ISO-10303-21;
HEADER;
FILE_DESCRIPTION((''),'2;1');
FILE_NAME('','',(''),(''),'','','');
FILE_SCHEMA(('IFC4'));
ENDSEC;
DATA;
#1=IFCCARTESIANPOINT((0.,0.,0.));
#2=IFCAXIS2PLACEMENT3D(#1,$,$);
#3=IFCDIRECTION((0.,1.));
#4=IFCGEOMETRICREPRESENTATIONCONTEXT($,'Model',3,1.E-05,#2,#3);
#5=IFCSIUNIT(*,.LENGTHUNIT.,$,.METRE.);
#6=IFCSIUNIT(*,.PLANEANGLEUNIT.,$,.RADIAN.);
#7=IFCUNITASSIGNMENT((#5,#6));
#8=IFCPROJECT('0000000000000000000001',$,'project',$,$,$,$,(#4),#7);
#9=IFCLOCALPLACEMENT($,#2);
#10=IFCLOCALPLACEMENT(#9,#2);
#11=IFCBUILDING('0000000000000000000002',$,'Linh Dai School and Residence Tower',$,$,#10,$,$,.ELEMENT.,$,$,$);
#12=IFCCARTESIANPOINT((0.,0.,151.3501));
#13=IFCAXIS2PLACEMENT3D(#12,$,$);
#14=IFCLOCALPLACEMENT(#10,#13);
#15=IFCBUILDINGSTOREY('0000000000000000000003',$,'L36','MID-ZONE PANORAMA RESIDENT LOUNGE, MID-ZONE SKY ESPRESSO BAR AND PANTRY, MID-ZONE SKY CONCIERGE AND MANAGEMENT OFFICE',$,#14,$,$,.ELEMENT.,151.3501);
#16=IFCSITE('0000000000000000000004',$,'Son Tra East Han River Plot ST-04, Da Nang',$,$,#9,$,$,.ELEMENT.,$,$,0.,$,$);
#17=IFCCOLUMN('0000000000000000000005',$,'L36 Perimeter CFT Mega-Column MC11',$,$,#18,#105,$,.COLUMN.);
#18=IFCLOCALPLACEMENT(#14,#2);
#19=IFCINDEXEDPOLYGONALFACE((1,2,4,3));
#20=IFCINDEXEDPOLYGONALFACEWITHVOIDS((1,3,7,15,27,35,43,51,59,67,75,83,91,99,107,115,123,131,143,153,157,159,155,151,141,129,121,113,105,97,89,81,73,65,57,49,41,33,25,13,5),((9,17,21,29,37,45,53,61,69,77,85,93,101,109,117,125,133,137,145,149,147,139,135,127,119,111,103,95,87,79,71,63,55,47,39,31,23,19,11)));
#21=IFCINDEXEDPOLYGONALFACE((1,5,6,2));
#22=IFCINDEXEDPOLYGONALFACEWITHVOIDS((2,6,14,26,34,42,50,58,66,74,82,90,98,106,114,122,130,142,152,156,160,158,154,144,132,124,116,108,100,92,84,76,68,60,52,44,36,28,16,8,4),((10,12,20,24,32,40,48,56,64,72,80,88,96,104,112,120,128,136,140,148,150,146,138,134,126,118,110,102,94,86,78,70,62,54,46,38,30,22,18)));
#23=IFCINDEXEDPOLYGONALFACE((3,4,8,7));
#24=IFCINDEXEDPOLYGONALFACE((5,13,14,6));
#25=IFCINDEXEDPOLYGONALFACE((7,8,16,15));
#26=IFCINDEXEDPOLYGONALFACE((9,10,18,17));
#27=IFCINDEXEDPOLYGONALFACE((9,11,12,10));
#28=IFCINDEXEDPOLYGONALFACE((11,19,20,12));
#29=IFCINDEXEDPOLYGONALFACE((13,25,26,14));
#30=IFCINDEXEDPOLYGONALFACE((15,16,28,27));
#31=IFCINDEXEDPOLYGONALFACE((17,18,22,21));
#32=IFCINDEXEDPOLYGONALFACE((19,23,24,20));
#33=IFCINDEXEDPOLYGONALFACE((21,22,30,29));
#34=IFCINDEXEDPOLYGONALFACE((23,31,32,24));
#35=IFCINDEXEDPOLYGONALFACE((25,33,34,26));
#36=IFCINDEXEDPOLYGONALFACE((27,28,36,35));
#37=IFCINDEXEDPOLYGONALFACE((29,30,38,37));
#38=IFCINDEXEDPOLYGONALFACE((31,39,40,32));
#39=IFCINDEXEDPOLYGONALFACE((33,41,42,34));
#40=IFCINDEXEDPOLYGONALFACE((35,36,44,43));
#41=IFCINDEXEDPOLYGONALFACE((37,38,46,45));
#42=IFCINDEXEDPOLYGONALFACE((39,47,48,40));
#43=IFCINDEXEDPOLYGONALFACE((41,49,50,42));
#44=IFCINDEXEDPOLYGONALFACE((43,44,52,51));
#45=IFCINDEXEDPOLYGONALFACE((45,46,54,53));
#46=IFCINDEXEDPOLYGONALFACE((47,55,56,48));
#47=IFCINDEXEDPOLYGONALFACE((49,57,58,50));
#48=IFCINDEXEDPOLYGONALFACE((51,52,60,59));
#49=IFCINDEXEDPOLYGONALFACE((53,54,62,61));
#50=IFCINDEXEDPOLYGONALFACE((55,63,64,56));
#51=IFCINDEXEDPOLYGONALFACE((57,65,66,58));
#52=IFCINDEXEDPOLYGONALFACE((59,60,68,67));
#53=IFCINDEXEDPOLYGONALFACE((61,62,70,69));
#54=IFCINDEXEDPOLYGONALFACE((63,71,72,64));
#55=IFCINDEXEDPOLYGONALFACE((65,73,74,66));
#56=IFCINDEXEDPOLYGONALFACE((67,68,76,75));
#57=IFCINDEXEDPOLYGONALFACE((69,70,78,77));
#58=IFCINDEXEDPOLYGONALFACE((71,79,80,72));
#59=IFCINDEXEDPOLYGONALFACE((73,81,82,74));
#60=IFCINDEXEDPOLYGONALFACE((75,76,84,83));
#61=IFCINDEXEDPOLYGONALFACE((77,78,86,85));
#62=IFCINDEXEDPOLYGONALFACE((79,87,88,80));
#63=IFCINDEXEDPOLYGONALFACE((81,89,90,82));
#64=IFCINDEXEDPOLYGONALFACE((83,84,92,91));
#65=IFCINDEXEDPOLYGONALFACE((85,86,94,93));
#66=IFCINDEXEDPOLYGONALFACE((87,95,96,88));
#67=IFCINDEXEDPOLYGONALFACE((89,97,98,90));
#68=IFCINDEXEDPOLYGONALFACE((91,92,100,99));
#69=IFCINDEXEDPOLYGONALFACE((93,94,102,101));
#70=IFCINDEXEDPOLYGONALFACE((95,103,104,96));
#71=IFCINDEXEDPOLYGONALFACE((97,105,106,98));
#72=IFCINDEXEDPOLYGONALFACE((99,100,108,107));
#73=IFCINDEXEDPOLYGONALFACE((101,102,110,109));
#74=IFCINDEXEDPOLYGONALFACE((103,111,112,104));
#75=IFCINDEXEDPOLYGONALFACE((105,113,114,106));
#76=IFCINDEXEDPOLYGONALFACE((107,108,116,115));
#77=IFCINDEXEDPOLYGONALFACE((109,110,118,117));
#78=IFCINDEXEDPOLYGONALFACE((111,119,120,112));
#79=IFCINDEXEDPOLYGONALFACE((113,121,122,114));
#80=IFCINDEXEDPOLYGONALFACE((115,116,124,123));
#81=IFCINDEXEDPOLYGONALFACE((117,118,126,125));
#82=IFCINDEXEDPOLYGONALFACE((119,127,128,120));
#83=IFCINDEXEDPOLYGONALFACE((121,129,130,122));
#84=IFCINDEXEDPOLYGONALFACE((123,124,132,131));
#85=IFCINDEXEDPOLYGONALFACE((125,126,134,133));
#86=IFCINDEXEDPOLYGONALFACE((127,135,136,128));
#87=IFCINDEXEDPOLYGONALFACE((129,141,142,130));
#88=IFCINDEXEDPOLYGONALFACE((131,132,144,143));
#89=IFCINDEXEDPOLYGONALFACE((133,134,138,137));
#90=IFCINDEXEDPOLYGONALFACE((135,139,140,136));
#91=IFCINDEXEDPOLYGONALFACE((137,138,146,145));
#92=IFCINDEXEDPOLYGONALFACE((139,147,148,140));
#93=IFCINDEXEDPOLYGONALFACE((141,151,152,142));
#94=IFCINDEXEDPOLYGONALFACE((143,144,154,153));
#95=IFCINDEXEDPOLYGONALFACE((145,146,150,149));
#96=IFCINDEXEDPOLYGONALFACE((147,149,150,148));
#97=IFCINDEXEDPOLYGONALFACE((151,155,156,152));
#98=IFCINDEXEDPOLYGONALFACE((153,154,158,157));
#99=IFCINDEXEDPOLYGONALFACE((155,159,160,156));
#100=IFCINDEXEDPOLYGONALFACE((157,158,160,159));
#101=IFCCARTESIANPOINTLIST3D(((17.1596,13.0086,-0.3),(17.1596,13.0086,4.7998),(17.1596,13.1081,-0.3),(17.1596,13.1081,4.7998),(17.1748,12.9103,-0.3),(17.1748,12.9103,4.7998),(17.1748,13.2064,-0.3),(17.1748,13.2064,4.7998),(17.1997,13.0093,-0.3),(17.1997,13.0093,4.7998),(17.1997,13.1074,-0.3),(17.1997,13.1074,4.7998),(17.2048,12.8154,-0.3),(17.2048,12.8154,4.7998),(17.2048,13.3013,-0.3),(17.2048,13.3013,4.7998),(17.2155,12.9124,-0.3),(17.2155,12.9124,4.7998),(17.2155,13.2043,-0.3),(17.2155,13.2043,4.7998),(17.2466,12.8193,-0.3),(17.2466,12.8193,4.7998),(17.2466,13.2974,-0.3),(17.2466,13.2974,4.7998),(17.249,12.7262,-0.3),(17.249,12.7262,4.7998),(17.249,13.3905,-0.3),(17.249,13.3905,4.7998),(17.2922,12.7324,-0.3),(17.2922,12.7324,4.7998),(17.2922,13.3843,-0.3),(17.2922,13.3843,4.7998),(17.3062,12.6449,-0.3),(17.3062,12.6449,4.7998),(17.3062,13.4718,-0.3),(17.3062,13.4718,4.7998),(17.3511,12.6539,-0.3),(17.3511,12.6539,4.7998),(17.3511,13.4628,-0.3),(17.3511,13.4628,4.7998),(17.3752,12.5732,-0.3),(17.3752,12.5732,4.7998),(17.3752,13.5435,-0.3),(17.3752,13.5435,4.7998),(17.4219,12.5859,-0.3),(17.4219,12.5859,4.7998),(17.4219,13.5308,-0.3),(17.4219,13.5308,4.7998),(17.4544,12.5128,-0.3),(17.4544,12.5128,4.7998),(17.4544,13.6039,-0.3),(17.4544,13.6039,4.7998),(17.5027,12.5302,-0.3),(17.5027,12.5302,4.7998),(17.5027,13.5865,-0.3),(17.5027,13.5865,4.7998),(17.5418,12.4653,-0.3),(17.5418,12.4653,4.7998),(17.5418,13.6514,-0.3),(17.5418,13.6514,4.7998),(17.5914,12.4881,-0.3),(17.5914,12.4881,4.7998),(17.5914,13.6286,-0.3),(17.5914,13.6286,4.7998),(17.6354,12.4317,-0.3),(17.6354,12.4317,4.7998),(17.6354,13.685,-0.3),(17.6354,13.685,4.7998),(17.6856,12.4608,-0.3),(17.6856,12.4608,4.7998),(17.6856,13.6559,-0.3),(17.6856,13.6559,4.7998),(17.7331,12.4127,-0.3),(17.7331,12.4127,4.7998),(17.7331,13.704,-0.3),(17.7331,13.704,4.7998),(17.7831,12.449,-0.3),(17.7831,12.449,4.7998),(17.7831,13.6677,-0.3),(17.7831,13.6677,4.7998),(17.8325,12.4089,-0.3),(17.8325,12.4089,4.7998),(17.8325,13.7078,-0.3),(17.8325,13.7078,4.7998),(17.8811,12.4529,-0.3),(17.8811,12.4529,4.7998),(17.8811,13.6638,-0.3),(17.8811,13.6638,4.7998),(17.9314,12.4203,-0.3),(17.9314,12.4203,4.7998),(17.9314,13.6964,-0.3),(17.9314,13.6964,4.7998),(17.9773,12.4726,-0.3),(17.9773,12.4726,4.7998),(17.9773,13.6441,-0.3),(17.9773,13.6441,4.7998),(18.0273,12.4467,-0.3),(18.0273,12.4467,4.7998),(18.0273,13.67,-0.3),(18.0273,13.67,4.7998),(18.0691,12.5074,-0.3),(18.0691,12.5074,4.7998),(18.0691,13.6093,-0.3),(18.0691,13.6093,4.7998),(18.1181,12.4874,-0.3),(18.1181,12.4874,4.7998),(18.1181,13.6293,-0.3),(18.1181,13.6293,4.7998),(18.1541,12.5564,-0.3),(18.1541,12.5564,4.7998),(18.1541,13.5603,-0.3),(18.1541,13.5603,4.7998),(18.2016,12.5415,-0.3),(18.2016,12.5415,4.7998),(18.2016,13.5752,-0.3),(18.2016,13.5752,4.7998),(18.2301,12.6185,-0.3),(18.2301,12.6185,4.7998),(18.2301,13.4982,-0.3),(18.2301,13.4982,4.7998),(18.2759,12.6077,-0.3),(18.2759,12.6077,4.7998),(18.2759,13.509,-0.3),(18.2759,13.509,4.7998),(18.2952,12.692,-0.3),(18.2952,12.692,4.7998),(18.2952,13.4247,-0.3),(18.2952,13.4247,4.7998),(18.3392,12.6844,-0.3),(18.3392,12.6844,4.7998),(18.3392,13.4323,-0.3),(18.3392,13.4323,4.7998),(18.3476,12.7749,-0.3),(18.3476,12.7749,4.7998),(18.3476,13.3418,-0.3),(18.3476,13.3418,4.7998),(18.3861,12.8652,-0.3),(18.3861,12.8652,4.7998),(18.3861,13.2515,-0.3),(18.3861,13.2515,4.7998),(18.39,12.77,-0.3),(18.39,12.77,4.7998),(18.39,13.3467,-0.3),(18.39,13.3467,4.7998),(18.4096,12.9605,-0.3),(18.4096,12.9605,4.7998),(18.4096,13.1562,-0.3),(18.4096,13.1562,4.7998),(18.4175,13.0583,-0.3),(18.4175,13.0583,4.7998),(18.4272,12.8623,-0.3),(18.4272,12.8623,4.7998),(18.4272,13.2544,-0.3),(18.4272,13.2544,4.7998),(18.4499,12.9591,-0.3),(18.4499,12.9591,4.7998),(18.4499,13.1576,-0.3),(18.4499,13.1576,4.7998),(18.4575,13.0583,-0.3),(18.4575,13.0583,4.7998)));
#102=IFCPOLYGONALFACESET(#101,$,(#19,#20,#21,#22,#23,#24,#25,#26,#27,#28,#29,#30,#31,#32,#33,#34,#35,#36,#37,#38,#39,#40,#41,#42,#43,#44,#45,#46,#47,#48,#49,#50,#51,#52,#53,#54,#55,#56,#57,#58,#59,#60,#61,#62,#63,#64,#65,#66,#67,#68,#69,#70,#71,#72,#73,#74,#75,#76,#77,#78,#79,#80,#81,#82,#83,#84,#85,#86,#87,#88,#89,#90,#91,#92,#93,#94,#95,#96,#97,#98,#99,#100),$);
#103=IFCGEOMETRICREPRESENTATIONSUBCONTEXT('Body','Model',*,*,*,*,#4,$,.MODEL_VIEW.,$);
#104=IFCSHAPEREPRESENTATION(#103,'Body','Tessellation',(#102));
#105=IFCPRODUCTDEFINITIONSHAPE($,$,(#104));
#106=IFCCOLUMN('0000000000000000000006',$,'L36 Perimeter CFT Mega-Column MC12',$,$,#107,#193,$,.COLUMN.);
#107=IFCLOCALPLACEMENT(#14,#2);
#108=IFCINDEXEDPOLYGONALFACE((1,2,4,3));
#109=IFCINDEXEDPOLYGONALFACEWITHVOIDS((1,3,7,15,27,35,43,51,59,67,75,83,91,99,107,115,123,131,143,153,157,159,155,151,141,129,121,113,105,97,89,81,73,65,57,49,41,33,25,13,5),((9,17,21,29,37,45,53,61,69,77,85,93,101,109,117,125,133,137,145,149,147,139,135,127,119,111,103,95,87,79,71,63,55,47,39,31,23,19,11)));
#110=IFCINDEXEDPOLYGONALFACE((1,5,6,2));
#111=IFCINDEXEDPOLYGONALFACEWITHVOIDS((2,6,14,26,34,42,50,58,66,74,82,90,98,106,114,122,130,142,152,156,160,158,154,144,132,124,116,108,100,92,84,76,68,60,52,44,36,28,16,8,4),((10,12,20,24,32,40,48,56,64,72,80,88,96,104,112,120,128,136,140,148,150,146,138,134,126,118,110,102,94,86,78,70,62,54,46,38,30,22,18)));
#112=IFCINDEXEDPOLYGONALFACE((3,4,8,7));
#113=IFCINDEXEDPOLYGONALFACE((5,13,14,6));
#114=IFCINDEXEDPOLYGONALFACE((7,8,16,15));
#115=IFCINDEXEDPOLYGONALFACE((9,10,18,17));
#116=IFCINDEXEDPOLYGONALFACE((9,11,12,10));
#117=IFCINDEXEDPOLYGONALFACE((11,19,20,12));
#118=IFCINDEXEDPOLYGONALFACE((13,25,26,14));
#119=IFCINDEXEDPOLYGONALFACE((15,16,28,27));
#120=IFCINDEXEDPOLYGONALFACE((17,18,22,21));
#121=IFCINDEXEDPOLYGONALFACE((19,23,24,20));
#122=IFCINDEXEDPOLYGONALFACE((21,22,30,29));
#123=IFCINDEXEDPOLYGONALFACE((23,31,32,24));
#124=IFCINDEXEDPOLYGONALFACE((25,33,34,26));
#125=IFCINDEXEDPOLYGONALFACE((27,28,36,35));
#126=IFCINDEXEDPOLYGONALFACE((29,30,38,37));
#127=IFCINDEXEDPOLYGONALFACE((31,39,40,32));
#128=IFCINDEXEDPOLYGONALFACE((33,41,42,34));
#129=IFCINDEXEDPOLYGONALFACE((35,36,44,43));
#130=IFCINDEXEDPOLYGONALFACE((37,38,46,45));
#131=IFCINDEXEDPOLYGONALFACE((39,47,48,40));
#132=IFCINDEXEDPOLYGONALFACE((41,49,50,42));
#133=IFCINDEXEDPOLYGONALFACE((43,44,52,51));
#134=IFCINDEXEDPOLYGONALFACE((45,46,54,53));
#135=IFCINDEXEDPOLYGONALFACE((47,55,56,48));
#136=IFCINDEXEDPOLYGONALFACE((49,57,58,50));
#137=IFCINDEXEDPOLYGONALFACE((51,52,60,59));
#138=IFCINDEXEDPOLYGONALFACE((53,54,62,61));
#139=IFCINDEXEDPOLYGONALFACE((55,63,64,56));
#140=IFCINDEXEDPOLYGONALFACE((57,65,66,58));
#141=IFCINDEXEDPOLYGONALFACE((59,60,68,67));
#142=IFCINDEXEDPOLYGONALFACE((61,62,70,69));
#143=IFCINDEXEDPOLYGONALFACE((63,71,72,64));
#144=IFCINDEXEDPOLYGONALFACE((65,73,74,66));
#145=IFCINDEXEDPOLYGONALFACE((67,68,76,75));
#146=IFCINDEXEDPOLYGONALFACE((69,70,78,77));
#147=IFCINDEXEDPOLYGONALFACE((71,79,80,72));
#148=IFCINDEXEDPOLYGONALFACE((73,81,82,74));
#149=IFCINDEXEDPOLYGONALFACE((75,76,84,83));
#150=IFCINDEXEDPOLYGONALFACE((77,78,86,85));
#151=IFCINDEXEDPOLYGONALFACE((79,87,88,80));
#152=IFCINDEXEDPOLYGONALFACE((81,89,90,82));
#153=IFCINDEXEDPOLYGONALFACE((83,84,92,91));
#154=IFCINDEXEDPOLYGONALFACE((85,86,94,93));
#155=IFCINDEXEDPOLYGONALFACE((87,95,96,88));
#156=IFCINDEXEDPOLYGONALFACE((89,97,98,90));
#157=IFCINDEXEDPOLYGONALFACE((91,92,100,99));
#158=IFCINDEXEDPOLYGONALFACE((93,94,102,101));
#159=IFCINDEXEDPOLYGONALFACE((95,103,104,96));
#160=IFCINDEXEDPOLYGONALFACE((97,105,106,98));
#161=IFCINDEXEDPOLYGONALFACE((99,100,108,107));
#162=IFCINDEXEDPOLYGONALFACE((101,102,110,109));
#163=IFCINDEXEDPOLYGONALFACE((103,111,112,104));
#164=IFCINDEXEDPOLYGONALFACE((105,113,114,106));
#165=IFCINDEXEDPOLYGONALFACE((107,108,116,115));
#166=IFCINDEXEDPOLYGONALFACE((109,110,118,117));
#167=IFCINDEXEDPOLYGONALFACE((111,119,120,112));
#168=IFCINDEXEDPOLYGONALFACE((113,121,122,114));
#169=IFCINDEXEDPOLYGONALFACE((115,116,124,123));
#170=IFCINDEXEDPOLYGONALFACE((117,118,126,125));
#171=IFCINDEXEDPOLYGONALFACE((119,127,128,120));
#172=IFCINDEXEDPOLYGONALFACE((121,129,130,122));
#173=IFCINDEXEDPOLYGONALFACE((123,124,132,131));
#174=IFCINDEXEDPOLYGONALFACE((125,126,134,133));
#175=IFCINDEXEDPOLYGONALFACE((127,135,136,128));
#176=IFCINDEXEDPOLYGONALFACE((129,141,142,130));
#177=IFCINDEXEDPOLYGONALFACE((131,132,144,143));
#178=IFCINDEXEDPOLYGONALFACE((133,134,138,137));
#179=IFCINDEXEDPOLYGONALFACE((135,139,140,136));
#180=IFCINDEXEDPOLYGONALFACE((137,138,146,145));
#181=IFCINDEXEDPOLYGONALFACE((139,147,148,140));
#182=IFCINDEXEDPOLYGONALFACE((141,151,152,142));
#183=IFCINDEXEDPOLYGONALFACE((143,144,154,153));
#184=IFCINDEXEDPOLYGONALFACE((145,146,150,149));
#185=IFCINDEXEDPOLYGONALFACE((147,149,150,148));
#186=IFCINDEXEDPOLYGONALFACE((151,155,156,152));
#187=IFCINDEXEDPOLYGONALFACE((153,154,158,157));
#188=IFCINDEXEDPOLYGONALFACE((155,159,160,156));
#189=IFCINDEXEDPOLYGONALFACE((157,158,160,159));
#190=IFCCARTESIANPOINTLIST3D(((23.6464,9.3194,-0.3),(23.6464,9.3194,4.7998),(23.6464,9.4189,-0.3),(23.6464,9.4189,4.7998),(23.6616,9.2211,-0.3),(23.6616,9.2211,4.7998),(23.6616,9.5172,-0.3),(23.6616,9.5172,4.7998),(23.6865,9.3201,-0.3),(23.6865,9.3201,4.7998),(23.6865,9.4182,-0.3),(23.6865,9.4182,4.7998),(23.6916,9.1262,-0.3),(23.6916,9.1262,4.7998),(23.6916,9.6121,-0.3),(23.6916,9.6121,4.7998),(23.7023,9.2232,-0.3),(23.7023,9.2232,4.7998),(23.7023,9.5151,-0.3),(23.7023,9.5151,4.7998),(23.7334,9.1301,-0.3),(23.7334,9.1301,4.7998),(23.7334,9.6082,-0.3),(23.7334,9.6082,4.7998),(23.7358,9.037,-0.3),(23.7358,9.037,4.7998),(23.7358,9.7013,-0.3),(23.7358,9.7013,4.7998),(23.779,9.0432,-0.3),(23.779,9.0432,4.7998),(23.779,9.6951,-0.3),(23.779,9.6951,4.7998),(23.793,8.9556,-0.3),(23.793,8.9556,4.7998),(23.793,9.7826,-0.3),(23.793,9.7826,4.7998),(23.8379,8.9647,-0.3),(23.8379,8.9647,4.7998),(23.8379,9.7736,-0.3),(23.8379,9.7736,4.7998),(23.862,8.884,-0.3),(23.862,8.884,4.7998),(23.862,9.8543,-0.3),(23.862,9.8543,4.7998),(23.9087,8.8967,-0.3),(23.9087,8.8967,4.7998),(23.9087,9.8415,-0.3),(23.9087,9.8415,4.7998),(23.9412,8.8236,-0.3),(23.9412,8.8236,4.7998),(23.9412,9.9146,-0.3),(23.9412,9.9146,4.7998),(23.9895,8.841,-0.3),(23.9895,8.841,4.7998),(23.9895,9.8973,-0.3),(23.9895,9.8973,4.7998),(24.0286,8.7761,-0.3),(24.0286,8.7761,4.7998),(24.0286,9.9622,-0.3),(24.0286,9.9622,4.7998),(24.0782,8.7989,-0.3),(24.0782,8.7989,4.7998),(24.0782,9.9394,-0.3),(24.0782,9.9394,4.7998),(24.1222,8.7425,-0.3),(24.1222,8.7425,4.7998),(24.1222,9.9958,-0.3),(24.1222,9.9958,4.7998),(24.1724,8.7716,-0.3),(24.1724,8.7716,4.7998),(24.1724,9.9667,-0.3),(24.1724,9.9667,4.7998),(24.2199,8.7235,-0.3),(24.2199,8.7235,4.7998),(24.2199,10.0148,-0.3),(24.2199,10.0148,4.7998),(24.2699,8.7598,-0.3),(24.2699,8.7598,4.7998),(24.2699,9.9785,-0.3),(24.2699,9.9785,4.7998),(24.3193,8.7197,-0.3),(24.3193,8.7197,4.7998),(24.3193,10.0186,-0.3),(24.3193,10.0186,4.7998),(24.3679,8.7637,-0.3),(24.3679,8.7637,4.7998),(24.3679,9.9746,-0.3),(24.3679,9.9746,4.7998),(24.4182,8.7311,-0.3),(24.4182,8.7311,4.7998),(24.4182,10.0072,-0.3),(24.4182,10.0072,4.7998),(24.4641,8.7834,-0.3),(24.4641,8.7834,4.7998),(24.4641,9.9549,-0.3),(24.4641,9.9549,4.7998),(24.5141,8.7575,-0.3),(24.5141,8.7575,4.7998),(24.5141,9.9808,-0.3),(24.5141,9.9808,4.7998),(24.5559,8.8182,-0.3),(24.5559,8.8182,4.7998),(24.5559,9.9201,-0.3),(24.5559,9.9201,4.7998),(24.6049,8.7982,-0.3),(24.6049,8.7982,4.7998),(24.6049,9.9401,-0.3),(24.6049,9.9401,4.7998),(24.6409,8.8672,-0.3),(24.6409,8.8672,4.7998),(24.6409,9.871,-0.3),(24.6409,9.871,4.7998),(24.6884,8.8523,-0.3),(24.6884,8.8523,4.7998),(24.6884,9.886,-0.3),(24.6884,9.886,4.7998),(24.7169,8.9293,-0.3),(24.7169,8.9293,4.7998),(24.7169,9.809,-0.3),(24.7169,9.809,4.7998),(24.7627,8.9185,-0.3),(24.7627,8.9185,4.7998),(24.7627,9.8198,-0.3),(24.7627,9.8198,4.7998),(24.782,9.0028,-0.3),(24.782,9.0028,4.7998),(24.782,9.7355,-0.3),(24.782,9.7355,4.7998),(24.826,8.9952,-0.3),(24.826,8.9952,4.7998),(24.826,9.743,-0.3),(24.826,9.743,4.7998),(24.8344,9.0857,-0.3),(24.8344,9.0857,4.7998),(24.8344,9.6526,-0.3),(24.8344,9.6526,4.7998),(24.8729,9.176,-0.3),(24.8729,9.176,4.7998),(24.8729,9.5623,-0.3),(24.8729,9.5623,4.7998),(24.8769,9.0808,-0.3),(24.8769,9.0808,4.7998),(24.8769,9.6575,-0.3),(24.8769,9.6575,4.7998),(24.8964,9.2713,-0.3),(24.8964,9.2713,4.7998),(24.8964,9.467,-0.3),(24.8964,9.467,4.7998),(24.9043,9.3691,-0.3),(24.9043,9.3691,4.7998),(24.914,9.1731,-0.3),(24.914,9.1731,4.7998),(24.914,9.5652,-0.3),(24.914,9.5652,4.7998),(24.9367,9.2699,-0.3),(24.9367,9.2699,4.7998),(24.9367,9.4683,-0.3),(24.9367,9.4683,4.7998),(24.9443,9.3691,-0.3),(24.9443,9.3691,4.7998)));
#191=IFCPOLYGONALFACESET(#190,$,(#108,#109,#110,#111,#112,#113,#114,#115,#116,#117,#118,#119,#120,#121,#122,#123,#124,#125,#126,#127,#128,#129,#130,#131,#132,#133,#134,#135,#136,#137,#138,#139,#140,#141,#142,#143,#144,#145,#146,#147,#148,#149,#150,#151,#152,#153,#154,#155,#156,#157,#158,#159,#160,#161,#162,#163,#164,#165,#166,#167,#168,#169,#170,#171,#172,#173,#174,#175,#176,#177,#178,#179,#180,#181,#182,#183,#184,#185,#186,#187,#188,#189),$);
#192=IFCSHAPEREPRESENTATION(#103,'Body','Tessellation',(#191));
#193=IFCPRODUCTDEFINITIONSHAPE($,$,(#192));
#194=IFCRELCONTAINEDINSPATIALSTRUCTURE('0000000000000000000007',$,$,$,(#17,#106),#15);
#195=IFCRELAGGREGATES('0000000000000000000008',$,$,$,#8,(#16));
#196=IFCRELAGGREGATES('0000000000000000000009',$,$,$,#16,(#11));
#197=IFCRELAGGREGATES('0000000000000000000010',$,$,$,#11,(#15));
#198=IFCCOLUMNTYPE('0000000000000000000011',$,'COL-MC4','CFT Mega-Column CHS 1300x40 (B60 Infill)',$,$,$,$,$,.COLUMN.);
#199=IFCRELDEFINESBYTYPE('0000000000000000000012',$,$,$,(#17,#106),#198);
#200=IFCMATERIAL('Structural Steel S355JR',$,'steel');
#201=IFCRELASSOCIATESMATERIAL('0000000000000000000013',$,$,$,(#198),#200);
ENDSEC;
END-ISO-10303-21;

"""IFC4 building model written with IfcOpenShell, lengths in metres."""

from ifc_helpers import new_model, si_unit, direction, frame, origin, origin_2d, place, context, subcontext, project, spatial, hollow_circle, extrude, material, material_profile, profile_set, type_object, element, save


model = new_model("IFC4")

# Units and contexts
model_context = context("Model", 3, precision=1e-05, world=origin(), true_north=direction((0.0, 1.0)))
body_context = subcontext(model_context, "Body", "Model", "MODEL_VIEW")
ifc_project = project(units=[si_unit("LENGTHUNIT", "METRE"), si_unit("PLANEANGLEUNIT", "RADIAN")], contexts=[model_context])

# Site, building, storey
site_placement = place(None, origin())
site = spatial("IfcSite", under=ifc_project, at=site_placement, Name="Son Tra East Han River Plot ST-04, Da Nang", CompositionType="ELEMENT", RefElevation=0.0)
building_placement = place(site_placement, origin())
building = spatial("IfcBuilding", under=site, at=building_placement, Name="Linh Dai School and Residence Tower", CompositionType="ELEMENT")
storey_placement = place(building_placement, frame((0.0, 0.0, 151.3501)))
storey = spatial("IfcBuildingStorey", under=building, at=storey_placement, Name="L36", Description="MID-ZONE PANORAMA RESIDENT LOUNGE, MID-ZONE SKY ESPRESSO BAR AND PANTRY, MID-ZONE SKY CONCIERGE AND MANAGEMENT OFFICE", CompositionType="ELEMENT", Elevation=151.3501)

# Columns
ifc_material_1 = material(Name="Structural Steel S355JR", Category="steel")
ifc_material_profile_1 = material_profile(ifc_material_1, hollow_circle(Radius=0.6499, WallThickness=0.04, at=origin_2d()), Name="CHS 1300x40")
ifc_profile_set_1 = profile_set([ifc_material_profile_1], Name="Structural Steel S355JR")
column_type = type_object("IfcColumnType", Name="COL-MC4", Description="CFT Mega-Column CHS 1300x40 (B60 Infill)", PredefinedType="COLUMN", material=ifc_profile_set_1)
for number, where, z_axis, x_axis, name in (
    (1, (17.8076, 13.0583, -0.3), (0.0, 0.0, 1.0), (1.0, 0.0, 0.0), "L36 Perimeter CFT Mega-Column MC11"),
    (2, (24.2944, 9.3691, -0.3), (0.0, 0.0, 1.0), (1.0, 0.0, 0.0), "L36 Perimeter CFT Mega-Column MC12"),
):
    element("IfcColumn", number, at=place(storey_placement, frame(where, z_axis=z_axis, x_axis=x_axis)), inside=storey, type_object=column_type, Name=name, PredefinedType="COLUMN", context=body_context, shape_type="SweptSolid", body=[
        extrude(hollow_circle(Radius=0.6499, WallThickness=0.04, at=origin_2d()), origin(), (0.0, 0.0, 1.0), 5.0999),
    ])

save(model, "model.ifc")
